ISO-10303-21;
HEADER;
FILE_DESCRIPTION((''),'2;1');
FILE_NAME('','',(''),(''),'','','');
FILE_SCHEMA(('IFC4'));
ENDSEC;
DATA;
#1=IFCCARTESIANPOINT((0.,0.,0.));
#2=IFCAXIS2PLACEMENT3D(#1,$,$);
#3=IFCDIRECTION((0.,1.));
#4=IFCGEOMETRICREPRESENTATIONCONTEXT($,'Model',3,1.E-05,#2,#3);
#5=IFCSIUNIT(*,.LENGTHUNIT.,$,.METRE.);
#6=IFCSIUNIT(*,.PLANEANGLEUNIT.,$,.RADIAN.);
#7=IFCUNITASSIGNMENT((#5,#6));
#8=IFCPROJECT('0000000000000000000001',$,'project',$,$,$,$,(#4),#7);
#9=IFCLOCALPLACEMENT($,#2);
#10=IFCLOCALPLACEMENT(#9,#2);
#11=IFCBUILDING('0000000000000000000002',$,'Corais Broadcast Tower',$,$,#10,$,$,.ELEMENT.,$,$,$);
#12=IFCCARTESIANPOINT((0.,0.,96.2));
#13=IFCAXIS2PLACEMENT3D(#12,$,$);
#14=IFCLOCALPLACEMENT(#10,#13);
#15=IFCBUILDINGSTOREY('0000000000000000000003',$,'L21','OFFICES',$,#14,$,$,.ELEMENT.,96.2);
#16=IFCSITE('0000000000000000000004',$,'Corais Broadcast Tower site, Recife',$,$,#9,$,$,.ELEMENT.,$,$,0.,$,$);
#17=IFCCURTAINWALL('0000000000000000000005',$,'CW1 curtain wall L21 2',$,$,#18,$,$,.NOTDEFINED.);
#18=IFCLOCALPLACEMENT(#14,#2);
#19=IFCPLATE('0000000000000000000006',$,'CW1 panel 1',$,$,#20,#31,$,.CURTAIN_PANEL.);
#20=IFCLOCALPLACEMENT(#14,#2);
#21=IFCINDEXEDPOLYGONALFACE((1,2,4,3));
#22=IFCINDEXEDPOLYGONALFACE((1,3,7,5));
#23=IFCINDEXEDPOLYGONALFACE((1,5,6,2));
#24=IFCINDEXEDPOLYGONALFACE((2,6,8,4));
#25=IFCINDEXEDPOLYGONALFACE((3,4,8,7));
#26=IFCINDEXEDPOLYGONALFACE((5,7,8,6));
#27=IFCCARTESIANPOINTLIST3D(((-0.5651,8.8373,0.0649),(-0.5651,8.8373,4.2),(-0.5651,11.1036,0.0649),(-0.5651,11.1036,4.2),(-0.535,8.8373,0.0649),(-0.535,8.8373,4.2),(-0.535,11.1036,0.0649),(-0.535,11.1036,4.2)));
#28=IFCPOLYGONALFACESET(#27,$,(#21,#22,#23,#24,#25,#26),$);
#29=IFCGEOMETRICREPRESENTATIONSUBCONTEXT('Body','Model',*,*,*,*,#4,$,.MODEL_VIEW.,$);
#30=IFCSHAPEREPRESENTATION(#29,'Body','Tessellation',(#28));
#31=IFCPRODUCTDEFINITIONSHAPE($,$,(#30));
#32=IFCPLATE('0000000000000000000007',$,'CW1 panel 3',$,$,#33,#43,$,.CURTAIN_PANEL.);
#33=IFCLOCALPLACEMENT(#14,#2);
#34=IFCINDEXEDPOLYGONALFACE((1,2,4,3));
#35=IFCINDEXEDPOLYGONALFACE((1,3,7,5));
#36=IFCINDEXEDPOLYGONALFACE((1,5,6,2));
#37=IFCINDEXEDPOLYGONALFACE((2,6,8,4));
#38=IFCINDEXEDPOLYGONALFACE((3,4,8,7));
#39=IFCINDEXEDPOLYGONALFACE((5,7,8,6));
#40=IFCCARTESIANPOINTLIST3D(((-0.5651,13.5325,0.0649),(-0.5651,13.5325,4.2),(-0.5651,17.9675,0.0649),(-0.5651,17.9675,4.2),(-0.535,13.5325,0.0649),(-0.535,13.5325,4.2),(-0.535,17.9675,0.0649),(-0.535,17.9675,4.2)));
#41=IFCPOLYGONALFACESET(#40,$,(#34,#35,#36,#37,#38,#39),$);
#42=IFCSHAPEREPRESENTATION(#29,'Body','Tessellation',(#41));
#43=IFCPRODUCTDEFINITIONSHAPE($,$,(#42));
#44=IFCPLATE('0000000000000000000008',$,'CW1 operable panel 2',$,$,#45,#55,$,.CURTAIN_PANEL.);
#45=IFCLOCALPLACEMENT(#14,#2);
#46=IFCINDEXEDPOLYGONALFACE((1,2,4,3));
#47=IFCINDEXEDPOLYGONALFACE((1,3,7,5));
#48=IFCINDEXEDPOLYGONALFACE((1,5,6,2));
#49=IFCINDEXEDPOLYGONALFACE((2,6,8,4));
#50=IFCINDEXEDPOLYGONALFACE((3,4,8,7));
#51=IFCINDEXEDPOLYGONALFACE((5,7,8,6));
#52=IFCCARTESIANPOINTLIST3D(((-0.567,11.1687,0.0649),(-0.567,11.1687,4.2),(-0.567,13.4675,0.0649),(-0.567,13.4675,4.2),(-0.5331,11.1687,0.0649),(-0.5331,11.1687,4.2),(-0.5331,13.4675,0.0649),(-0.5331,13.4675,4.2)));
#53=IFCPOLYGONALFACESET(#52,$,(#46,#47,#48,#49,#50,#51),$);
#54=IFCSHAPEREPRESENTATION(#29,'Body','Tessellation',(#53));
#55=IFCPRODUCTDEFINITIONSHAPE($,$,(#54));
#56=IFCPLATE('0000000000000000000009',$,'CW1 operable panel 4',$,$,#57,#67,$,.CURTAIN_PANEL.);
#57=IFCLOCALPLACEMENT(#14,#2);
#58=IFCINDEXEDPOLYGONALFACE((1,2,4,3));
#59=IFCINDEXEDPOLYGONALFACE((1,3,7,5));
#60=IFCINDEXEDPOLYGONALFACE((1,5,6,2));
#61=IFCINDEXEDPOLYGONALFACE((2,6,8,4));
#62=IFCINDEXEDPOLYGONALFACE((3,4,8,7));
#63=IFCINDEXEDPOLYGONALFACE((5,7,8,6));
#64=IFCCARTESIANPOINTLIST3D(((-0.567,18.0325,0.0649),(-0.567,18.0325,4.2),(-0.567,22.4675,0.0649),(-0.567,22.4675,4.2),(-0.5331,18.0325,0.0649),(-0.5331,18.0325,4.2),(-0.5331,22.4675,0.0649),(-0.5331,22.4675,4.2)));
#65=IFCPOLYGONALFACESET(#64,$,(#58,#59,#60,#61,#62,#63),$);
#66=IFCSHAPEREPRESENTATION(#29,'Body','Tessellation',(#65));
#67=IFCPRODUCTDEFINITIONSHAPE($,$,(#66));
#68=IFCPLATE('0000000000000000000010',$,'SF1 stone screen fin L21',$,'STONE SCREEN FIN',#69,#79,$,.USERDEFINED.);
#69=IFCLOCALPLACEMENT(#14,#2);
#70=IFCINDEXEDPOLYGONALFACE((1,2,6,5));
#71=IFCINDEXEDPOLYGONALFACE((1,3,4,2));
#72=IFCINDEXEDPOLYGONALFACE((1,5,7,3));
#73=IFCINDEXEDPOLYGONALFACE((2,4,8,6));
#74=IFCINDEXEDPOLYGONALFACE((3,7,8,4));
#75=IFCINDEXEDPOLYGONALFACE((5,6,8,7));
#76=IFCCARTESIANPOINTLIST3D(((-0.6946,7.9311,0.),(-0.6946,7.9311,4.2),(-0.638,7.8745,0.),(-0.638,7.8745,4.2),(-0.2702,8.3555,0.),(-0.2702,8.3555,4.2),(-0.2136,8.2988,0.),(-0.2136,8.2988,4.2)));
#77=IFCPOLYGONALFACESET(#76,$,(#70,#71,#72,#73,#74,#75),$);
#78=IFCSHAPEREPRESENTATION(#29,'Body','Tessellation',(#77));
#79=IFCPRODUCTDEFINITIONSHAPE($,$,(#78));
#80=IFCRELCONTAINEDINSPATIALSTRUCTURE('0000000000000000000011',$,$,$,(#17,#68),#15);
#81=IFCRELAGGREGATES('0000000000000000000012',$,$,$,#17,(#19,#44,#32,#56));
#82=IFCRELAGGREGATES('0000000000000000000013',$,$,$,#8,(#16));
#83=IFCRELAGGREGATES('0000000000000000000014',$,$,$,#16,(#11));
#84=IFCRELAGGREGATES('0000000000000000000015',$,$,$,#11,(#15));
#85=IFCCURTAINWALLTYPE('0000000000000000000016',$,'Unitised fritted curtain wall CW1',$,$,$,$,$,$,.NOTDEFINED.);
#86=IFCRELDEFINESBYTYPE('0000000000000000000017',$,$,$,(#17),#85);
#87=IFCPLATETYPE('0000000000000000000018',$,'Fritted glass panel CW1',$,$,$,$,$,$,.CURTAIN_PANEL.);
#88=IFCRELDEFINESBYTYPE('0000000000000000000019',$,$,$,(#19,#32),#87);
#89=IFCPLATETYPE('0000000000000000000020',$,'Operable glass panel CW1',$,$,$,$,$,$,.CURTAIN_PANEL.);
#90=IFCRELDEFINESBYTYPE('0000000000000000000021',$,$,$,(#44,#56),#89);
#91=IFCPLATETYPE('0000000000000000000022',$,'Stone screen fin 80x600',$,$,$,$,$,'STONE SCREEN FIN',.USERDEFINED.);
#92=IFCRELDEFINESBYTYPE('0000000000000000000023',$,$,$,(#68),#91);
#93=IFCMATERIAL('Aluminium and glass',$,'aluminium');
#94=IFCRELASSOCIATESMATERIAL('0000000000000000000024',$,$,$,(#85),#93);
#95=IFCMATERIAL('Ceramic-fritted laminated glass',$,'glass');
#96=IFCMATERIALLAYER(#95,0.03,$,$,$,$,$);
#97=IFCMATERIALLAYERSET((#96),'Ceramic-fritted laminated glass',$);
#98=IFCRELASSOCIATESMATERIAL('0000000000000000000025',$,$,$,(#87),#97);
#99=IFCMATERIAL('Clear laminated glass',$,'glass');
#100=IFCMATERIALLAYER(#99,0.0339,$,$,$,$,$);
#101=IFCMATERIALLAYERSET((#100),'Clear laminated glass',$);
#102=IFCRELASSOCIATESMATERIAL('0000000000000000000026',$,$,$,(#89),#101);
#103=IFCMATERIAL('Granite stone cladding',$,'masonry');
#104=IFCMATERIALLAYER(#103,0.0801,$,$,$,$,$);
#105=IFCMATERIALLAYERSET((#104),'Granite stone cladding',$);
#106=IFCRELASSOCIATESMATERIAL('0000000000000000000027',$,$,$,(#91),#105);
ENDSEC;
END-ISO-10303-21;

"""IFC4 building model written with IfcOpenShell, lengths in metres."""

from ifc_helpers import new_model, si_unit, direction, frame, origin, origin_2d, place, context, subcontext, project, spatial, rectangle, extrude, material, layer, layer_set, type_object, element, aggregate, save


model = new_model("IFC4")

# Units and contexts
model_context = context("Model", 3, precision=1e-05, world=origin(), true_north=direction((0.0, 1.0)))
body_context = subcontext(model_context, "Body", "Model", "MODEL_VIEW")
ifc_project = project(units=[si_unit("LENGTHUNIT", "METRE"), si_unit("PLANEANGLEUNIT", "RADIAN")], contexts=[model_context])

# Site, building, storey
site_placement = place(None, origin())
site = spatial("IfcSite", under=ifc_project, at=site_placement, Name="Corais Broadcast Tower site, Recife", CompositionType="ELEMENT", RefElevation=0.0)
building_placement = place(site_placement, origin())
building = spatial("IfcBuilding", under=site, at=building_placement, Name="Corais Broadcast Tower", CompositionType="ELEMENT")
storey_placement = place(building_placement, frame((0.0, 0.0, 96.2)))
storey = spatial("IfcBuildingStorey", under=building, at=storey_placement, Name="L21", Description="OFFICES", CompositionType="ELEMENT", Elevation=96.2)

# Shared definitions
ifc_material_1 = material(Name="Aluminium and glass", Category="aluminium")
curtain_wall_type = type_object("IfcCurtainWallType", Name="Unitised fritted curtain wall CW1", PredefinedType="NOTDEFINED", material=ifc_material_1)

# Curtain wall
curtain_wall_1_placement = place(storey_placement, origin())
curtain_wall_1 = element("IfcCurtainWall", 1, at=curtain_wall_1_placement, inside=storey, type_object=curtain_wall_type, Name="CW1 curtain wall L21 2", PredefinedType="NOTDEFINED")

# Plates
ifc_material_2 = material(Name="Ceramic-fritted laminated glass", Category="glass")
ifc_layer_1 = layer(ifc_material_2, 0.03)
ifc_layer_set_1 = layer_set([ifc_layer_1], Name="Ceramic-fritted laminated glass")
plate_type_1 = type_object("IfcPlateType", Name="Fritted glass panel CW1", PredefinedType="CURTAIN_PANEL", material=ifc_layer_set_1)
plate_1_placement = place(storey_placement, frame((-0.55, 9.9705, 0.0649), z_axis=(0.0, 0.0, 1.0), x_axis=(0.0, 1.0, 0.0)))
plate_1 = element("IfcPlate", 2, at=plate_1_placement, type_object=plate_type_1, Name="CW1 panel 1", PredefinedType="CURTAIN_PANEL", context=body_context, shape_type="SweptSolid", body=[
    extrude(rectangle(XDim=2.2664, YDim=0.03, at=origin_2d()), origin(), (0.0, 0.0, 1.0), 4.135),
])
plate_2_placement = place(storey_placement, frame((-0.55, 15.75, 0.0649), z_axis=(0.0, 0.0, 1.0), x_axis=(0.0, 1.0, 0.0)))
plate_2 = element("IfcPlate", 3, at=plate_2_placement, type_object=plate_type_1, Name="CW1 panel 3", PredefinedType="CURTAIN_PANEL", context=body_context, shape_type="SweptSolid", body=[
    extrude(rectangle(XDim=4.4351, YDim=0.03, at=origin_2d()), origin(), (0.0, 0.0, 1.0), 4.135),
])
ifc_material_3 = material(Name="Clear laminated glass", Category="glass")
ifc_layer_2 = layer(ifc_material_3, 0.0339)
ifc_layer_set_2 = layer_set([ifc_layer_2], Name="Clear laminated glass")
plate_type_2 = type_object("IfcPlateType", Name="Operable glass panel CW1", PredefinedType="CURTAIN_PANEL", material=ifc_layer_set_2)
plate_3_placement = place(storey_placement, frame((-0.55, 12.3181, 0.0649), z_axis=(0.0, 0.0, 1.0), x_axis=(0.0, 1.0, 0.0)))
plate_3 = element("IfcPlate", 4, at=plate_3_placement, type_object=plate_type_2, Name="CW1 operable panel 2", PredefinedType="CURTAIN_PANEL", context=body_context, shape_type="SweptSolid", body=[
    extrude(rectangle(XDim=2.2988, YDim=0.0339, at=origin_2d()), origin(), (0.0, 0.0, 1.0), 4.135),
])
plate_4_placement = place(storey_placement, frame((-0.55, 20.25, 0.0649), z_axis=(0.0, 0.0, 1.0), x_axis=(0.0, 1.0, 0.0)))
plate_4 = element("IfcPlate", 5, at=plate_4_placement, type_object=plate_type_2, Name="CW1 operable panel 4", PredefinedType="CURTAIN_PANEL", context=body_context, shape_type="SweptSolid", body=[
    extrude(rectangle(XDim=4.4351, YDim=0.0339, at=origin_2d()), origin(), (0.0, 0.0, 1.0), 4.135),
])
aggregate(curtain_wall_1, [plate_1, plate_3, plate_2, plate_4])
ifc_material_4 = material(Name="Granite stone cladding", Category="masonry")
ifc_layer_3 = layer(ifc_material_4, 0.0801)
ifc_layer_set_3 = layer_set([ifc_layer_3], Name="Granite stone cladding")
plate_type_3 = type_object("IfcPlateType", Name="Stone screen fin 80x600", ElementType="STONE SCREEN FIN", PredefinedType="USERDEFINED", material=ifc_layer_set_3)
plate_5_placement = place(storey_placement, frame((-0.4541, 8.115, 0.0), z_axis=(0.0, 0.0, 1.0), x_axis=(-0.707107, 0.707107, 0.0)))
element("IfcPlate", 6, at=plate_5_placement, inside=storey, type_object=plate_type_3, Name="SF1 stone screen fin L21", ObjectType="STONE SCREEN FIN", PredefinedType="USERDEFINED", context=body_context, shape_type="SweptSolid", body=[
    extrude(rectangle(XDim=0.0801, YDim=0.6001, at=origin_2d()), origin(), (0.0, 0.0, 1.0), 4.2),
])

save(model, "model.ifc")
